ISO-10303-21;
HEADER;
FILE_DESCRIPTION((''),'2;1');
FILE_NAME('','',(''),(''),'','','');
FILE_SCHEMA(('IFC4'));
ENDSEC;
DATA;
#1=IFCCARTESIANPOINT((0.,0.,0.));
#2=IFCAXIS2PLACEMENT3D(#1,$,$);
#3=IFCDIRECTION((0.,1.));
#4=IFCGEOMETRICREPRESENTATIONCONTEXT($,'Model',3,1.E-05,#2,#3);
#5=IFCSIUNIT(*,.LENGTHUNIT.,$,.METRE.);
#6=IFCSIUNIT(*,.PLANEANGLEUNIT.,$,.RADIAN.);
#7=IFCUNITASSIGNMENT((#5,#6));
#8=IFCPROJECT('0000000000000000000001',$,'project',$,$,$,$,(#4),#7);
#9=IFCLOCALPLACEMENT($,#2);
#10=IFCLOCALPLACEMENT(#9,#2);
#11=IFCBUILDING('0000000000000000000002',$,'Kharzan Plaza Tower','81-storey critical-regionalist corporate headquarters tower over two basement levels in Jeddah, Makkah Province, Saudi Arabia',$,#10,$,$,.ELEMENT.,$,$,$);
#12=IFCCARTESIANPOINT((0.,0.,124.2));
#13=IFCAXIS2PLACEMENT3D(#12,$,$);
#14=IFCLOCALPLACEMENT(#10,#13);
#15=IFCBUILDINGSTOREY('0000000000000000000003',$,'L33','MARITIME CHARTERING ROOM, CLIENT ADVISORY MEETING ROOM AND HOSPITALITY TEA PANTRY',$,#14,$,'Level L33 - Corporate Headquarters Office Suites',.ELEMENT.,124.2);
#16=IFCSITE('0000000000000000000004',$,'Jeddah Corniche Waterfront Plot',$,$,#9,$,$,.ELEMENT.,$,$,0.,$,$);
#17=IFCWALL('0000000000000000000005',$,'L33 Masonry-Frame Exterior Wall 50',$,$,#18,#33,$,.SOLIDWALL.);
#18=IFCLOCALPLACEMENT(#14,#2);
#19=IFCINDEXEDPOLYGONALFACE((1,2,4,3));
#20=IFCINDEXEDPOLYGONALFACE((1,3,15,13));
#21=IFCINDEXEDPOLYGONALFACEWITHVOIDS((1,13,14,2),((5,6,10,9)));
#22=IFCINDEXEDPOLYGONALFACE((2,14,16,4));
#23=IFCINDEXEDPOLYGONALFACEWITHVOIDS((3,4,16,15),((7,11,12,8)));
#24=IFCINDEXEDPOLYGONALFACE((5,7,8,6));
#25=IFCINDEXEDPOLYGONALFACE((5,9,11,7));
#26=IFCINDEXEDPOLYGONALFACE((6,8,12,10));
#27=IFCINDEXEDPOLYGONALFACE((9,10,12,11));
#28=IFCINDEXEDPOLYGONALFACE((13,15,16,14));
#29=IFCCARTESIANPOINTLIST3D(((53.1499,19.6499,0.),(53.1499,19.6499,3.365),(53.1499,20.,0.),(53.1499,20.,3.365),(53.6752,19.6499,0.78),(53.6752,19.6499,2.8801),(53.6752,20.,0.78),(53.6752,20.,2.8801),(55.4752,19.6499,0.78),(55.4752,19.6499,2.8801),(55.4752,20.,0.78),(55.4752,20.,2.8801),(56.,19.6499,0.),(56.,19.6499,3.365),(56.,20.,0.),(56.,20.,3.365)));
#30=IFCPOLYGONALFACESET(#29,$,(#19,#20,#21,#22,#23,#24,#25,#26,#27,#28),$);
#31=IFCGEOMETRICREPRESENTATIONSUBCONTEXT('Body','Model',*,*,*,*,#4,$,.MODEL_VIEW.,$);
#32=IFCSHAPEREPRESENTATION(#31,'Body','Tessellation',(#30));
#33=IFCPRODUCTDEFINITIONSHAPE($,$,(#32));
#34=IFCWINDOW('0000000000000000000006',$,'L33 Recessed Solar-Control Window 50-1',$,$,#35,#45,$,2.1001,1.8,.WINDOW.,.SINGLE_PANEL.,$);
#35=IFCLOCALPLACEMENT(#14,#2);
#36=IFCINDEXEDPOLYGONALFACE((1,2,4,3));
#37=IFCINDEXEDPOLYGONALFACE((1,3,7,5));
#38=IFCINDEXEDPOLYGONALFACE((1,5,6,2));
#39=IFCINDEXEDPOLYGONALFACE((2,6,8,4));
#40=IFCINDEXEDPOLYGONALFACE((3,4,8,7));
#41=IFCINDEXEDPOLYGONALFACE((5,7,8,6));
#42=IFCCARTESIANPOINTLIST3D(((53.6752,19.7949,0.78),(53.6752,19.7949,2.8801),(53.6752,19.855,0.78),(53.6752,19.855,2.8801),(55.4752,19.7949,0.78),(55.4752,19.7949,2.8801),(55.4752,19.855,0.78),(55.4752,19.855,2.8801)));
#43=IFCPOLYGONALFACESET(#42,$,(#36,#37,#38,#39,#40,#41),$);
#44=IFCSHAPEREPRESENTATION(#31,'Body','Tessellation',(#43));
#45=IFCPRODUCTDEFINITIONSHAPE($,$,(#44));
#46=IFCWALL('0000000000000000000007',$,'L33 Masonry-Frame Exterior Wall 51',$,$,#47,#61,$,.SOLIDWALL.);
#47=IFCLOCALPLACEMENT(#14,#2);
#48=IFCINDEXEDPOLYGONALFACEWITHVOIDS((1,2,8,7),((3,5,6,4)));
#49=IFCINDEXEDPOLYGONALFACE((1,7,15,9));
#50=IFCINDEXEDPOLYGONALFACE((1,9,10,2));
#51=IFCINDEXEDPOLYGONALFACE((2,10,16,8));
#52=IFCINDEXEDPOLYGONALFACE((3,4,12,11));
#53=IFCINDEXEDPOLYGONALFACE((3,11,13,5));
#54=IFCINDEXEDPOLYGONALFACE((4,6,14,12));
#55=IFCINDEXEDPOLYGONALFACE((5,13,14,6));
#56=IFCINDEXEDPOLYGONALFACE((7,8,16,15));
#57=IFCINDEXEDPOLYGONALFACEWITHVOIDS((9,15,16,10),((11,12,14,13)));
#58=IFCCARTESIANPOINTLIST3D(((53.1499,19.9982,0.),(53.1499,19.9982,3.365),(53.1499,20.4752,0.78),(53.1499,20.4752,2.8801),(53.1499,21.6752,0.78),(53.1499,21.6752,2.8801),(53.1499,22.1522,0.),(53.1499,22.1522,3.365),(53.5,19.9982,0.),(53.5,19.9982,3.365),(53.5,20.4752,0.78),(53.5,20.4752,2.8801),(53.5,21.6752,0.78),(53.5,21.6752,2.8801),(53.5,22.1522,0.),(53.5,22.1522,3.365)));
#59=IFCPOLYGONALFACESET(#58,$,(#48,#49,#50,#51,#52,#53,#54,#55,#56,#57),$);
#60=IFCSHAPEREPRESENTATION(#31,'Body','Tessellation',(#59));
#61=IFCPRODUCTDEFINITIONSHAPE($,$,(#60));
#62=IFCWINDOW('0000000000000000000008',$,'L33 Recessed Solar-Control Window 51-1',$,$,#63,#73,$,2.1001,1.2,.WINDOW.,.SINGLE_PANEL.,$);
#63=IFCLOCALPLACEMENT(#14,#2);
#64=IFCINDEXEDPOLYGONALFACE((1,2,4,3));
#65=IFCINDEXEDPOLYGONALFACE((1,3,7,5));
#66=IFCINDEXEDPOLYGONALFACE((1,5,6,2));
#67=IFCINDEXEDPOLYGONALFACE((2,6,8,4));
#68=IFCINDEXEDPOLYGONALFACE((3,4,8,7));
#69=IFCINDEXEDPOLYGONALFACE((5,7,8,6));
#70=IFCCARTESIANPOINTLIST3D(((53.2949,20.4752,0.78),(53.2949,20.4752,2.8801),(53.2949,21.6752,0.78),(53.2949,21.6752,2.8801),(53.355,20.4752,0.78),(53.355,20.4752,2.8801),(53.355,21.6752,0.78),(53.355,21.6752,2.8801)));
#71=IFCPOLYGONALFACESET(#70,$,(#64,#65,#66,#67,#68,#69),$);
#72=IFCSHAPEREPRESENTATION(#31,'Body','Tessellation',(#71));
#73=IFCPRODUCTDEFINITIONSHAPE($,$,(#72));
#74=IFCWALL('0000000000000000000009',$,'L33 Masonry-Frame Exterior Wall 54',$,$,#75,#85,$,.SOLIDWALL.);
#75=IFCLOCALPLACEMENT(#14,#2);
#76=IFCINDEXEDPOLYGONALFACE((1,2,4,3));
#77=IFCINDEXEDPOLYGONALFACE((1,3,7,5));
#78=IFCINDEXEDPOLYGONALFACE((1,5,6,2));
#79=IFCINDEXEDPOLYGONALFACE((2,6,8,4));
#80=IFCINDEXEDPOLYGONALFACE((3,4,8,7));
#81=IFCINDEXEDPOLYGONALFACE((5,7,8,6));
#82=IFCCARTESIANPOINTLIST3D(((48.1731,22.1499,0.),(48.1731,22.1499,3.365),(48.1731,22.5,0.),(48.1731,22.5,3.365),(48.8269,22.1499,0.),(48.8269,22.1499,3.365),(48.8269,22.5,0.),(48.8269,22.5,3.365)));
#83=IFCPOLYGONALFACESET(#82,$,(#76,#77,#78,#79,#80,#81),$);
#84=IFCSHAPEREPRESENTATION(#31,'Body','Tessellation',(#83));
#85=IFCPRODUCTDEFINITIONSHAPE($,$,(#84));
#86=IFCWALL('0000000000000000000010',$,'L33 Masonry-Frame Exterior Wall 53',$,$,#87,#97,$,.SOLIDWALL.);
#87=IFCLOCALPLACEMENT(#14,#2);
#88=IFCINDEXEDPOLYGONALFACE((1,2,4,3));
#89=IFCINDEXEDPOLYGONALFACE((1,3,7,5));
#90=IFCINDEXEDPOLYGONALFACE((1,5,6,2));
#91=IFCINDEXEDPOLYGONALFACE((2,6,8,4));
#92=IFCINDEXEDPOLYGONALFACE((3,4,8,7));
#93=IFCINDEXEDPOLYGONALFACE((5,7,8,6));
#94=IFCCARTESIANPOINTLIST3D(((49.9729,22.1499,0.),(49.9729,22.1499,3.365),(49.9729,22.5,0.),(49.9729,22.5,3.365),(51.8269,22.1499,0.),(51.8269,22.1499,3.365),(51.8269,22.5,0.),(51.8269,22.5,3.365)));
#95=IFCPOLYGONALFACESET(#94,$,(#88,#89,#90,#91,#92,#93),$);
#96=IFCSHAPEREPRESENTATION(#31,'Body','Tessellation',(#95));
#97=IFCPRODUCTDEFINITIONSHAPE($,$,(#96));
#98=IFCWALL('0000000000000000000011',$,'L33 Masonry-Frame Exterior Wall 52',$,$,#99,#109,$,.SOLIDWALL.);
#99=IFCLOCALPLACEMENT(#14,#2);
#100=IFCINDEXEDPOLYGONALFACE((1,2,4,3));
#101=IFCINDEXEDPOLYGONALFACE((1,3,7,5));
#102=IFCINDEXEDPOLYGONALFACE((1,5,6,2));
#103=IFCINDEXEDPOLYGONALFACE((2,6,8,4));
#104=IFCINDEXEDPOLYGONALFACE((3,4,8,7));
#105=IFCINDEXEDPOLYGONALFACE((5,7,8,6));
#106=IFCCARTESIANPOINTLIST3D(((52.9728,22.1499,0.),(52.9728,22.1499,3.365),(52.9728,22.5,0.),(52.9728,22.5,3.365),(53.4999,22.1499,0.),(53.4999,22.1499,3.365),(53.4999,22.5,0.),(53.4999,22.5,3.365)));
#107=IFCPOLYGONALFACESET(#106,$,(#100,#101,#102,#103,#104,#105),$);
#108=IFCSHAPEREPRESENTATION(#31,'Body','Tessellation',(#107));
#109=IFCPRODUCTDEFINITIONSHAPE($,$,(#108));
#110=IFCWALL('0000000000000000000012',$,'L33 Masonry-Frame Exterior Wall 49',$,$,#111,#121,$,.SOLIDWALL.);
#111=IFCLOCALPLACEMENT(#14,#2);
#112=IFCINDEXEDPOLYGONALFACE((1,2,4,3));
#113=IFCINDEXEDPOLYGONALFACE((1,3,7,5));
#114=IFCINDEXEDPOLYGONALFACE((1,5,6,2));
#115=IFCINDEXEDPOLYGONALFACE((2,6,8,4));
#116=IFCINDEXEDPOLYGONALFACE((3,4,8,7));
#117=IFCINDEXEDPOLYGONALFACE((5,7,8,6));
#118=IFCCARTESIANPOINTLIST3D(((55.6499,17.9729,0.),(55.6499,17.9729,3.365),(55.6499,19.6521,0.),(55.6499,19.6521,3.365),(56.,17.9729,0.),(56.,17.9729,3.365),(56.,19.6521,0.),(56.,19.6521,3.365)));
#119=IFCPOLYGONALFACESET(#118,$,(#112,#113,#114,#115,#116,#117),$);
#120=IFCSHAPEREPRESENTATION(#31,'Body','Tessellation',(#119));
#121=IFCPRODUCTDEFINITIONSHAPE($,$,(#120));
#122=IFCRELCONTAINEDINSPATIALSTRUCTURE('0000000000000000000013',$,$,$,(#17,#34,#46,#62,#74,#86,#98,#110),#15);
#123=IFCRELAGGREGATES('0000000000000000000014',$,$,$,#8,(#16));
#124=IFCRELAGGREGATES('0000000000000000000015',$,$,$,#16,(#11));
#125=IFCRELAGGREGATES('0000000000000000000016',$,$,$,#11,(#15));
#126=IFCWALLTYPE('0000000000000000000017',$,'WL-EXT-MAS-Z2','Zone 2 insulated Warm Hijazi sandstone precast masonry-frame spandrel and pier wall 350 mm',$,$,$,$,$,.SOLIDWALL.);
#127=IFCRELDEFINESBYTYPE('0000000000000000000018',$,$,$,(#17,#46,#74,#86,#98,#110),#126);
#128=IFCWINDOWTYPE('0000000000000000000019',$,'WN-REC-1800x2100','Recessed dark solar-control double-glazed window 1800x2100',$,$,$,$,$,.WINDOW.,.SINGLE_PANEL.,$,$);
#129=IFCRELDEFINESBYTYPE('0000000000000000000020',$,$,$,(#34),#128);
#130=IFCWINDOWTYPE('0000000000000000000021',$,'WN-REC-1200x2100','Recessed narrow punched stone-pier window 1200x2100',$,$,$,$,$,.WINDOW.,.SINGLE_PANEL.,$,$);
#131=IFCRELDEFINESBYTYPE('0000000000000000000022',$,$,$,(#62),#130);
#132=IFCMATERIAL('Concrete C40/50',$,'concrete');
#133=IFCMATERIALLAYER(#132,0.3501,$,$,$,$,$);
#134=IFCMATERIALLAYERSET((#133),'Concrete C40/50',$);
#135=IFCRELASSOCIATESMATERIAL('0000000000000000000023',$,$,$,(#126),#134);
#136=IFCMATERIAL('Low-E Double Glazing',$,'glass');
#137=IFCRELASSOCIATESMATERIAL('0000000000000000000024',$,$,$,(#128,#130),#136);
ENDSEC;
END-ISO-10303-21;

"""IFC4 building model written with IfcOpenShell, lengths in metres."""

from ifc_helpers import new_model, si_unit, direction, frame, frame_2d, origin, place, context, subcontext, project, spatial, rectangle, extrude, source, transform, mapped, material, layer, layer_set, type_object, element, fill, save


model = new_model("IFC4")

# Units and contexts
model_context = context("Model", 3, precision=1e-05, world=origin(), true_north=direction((0.0, 1.0)))
body_context = subcontext(model_context, "Body", "Model", "MODEL_VIEW")
ifc_project = project(units=[si_unit("LENGTHUNIT", "METRE"), si_unit("PLANEANGLEUNIT", "RADIAN")], contexts=[model_context])

# Site, building, storey
site_placement = place(None, origin())
site = spatial("IfcSite", under=ifc_project, at=site_placement, Name="Jeddah Corniche Waterfront Plot", CompositionType="ELEMENT", RefElevation=0.0)
building_placement = place(site_placement, origin())
building = spatial("IfcBuilding", under=site, at=building_placement, Name="Kharzan Plaza Tower", Description="81-storey critical-regionalist corporate headquarters tower over two basement levels in Jeddah, Makkah Province, Saudi Arabia", CompositionType="ELEMENT")
storey_placement = place(building_placement, frame((0.0, 0.0, 124.2)))
storey = spatial("IfcBuildingStorey", under=building, at=storey_placement, Name="L33", Description="MARITIME CHARTERING ROOM, CLIENT ADVISORY MEETING ROOM AND HOSPITALITY TEA PANTRY", LongName="Level L33 - Corporate Headquarters Office Suites", CompositionType="ELEMENT", Elevation=124.2)

# Walls, openings, windows
ifc_material_1 = material(Name="Concrete C40/50", Category="concrete")
ifc_layer = layer(ifc_material_1, 0.3501)
ifc_layer_set = layer_set([ifc_layer], Name="Concrete C40/50")
wall_type = type_object("IfcWallType", Name="WL-EXT-MAS-Z2", Description="Zone 2 insulated Warm Hijazi sandstone precast masonry-frame spandrel and pier wall 350 mm", PredefinedType="SOLIDWALL", material=ifc_layer_set)
ifc_material_2 = material(Name="Low-E Double Glazing", Category="glass")
window_type_1 = type_object("IfcWindowType", Name="WN-REC-1800x2100", Description="Recessed dark solar-control double-glazed window 1800x2100", PartitioningType="SINGLE_PANEL", PredefinedType="WINDOW", material=ifc_material_2)
shared_shape_1 = source(origin(), body_context, "Body", "SweptSolid", [
    extrude(rectangle(XDim=1.8, YDim=2.1001, at=frame_2d((0.8999, 1.05))), frame((0.0, 0.03, 0.0), z_axis=(0.0, -1.0, 0.0), x_axis=(1.0, 0.0, 0.0)), (0.0, 0.0, 1.0), 0.0601),
])
wall_1_placement = place(storey_placement, frame((56.0, 19.825, 0.0), z_axis=(0.0, 0.0, 1.0), x_axis=(-1.0, 0.0, 0.0)))
wall_1 = element("IfcWall", 1, at=wall_1_placement, inside=storey, type_object=wall_type, Name="L33 Masonry-Frame Exterior Wall 50", PredefinedType="SOLIDWALL", context=body_context, shape_type="SweptSolid", body=[
    extrude(rectangle(XDim=2.8501, YDim=0.3501, at=frame_2d((1.425, 0.0))), origin(), (0.0, 0.0, 1.0), 3.365),
])
opening_1_placement = place(wall_1_placement, frame((0.5249, 0.0, 0.78)))
opening_1 = element("IfcOpeningElement", 2, at=opening_1_placement, cuts=wall_1, PredefinedType="OPENING", context=body_context, shape_type="SweptSolid", body=[
    extrude(rectangle(XDim=1.8, YDim=2.1001, at=frame_2d((0.8999, 1.05))), frame((0.0, 0.1851, 0.0), z_axis=(0.0, -1.0, 0.0), x_axis=(1.0, 0.0, 0.0)), (0.0, 0.0, 1.0), 0.3701),
])
window_1_placement = place(opening_1_placement, origin())
window_1 = element("IfcWindow", 3, at=window_1_placement, inside=storey, type_object=window_type_1, Name="L33 Recessed Solar-Control Window 50-1", OverallHeight=2.1001, OverallWidth=1.8, PartitioningType="SINGLE_PANEL", PredefinedType="WINDOW", context=body_context, shape_type="MappedRepresentation", body=[
    mapped(shared_shape_1, transform((0.0, 0.0, 0.0), x_axis=(1.0, 0.0, 0.0), y_axis=(0.0, 1.0, 0.0), z_axis=(0.0, 0.0, 1.0))),
])
fill(opening_1, window_1)
wall_2_placement = place(storey_placement, frame((53.325, 19.998, 0.0), z_axis=(0.0, 0.0, 1.0), x_axis=(0.0, 1.0, 0.0)))
wall_2 = element("IfcWall", 4, at=wall_2_placement, inside=storey, type_object=wall_type, Name="L33 Masonry-Frame Exterior Wall 51", PredefinedType="SOLIDWALL", context=body_context, shape_type="SweptSolid", body=[
    extrude(rectangle(XDim=2.1541, YDim=0.3501, at=frame_2d((1.0771, 0.0))), origin(), (0.0, 0.0, 1.0), 3.365),
])
opening_2_placement = place(wall_2_placement, frame((0.4771, 0.0, 0.78)))
opening_2 = element("IfcOpeningElement", 5, at=opening_2_placement, cuts=wall_2, PredefinedType="OPENING", context=body_context, shape_type="SweptSolid", body=[
    extrude(rectangle(XDim=1.2, YDim=2.1001, at=frame_2d((0.6001, 1.05))), frame((0.0, 0.1851, 0.0), z_axis=(0.0, -1.0, 0.0), x_axis=(1.0, 0.0, 0.0)), (0.0, 0.0, 1.0), 0.3701),
])
window_type_2 = type_object("IfcWindowType", Name="WN-REC-1200x2100", Description="Recessed narrow punched stone-pier window 1200x2100", PartitioningType="SINGLE_PANEL", PredefinedType="WINDOW", material=ifc_material_2)
shared_shape_2 = source(origin(), body_context, "Body", "SweptSolid", [
    extrude(rectangle(XDim=1.2, YDim=2.1001, at=frame_2d((0.6001, 1.05))), frame((0.0, 0.03, 0.0), z_axis=(0.0, -1.0, 0.0), x_axis=(1.0, 0.0, 0.0)), (0.0, 0.0, 1.0), 0.0601),
])
window_2_placement = place(opening_2_placement, origin())
window_2 = element("IfcWindow", 6, at=window_2_placement, inside=storey, type_object=window_type_2, Name="L33 Recessed Solar-Control Window 51-1", OverallHeight=2.1001, OverallWidth=1.2, PartitioningType="SINGLE_PANEL", PredefinedType="WINDOW", context=body_context, shape_type="MappedRepresentation", body=[
    mapped(shared_shape_2, transform((0.0, 0.0, 0.0), x_axis=(1.0, 0.0, 0.0), y_axis=(0.0, 1.0, 0.0), z_axis=(0.0, 0.0, 1.0))),
])
fill(opening_2, window_2)

# Walls
shared_shape_3 = source(origin(), body_context, "Body", "SweptSolid", [
    extrude(rectangle(XDim=0.6538, YDim=0.3501, at=frame_2d((0.3269, 0.0))), origin(), (0.0, 0.0, 1.0), 3.365),
])
wall_3_placement = place(storey_placement, frame((48.8269, 22.325, 0.0), z_axis=(0.0, 0.0, 1.0), x_axis=(-1.0, 0.0, 0.0)))
element("IfcWall", 7, at=wall_3_placement, inside=storey, type_object=wall_type, Name="L33 Masonry-Frame Exterior Wall 54", PredefinedType="SOLIDWALL", context=body_context, shape_type="MappedRepresentation", body=[
    mapped(shared_shape_3, transform((0.0, 0.0, 0.0), x_axis=(1.0, 0.0, 0.0), y_axis=(0.0, 1.0, 0.0), z_axis=(0.0, 0.0, 1.0))),
])
shared_shape_4 = source(origin(), body_context, "Body", "SweptSolid", [
    extrude(rectangle(XDim=1.854, YDim=0.3501, at=frame_2d((0.927, 0.0))), origin(), (0.0, 0.0, 1.0), 3.365),
])
wall_4_placement = place(storey_placement, frame((51.8269, 22.325, 0.0), z_axis=(0.0, 0.0, 1.0), x_axis=(-1.0, 0.0, 0.0)))
element("IfcWall", 8, at=wall_4_placement, inside=storey, type_object=wall_type, Name="L33 Masonry-Frame Exterior Wall 53", PredefinedType="SOLIDWALL", context=body_context, shape_type="MappedRepresentation", body=[
    mapped(shared_shape_4, transform((0.0, 0.0, 0.0), x_axis=(1.0, 0.0, 0.0), y_axis=(0.0, 1.0, 0.0), z_axis=(0.0, 0.0, 1.0))),
])
shared_shape_5 = source(origin(), body_context, "Body", "SweptSolid", [
    extrude(rectangle(XDim=0.5271, YDim=0.3501, at=frame_2d((0.2637, 0.0))), origin(), (0.0, 0.0, 1.0), 3.365),
])
wall_5_placement = place(storey_placement, frame((53.5, 22.325, 0.0), z_axis=(0.0, 0.0, 1.0), x_axis=(-1.0, 0.0, 0.0)))
element("IfcWall", 9, at=wall_5_placement, inside=storey, type_object=wall_type, Name="L33 Masonry-Frame Exterior Wall 52", PredefinedType="SOLIDWALL", context=body_context, shape_type="MappedRepresentation", body=[
    mapped(shared_shape_5, transform((0.0, 0.0, 0.0), x_axis=(1.0, 0.0, 0.0), y_axis=(0.0, 1.0, 0.0), z_axis=(0.0, 0.0, 1.0))),
])
shared_shape_6 = source(origin(), body_context, "Body", "SweptSolid", [
    extrude(rectangle(XDim=1.6792, YDim=0.3501, at=frame_2d((0.8396, 0.0))), origin(), (0.0, 0.0, 1.0), 3.365),
])
wall_6_placement = place(storey_placement, frame((55.825, 17.9729, 0.0), z_axis=(0.0, 0.0, 1.0), x_axis=(0.0, 1.0, 0.0)))
element("IfcWall", 10, at=wall_6_placement, inside=storey, type_object=wall_type, Name="L33 Masonry-Frame Exterior Wall 49", PredefinedType="SOLIDWALL", context=body_context, shape_type="MappedRepresentation", body=[
    mapped(shared_shape_6, transform((0.0, 0.0, 0.0), x_axis=(1.0, 0.0, 0.0), y_axis=(0.0, 1.0, 0.0), z_axis=(0.0, 0.0, 1.0))),
])

save(model, "model.ifc")
